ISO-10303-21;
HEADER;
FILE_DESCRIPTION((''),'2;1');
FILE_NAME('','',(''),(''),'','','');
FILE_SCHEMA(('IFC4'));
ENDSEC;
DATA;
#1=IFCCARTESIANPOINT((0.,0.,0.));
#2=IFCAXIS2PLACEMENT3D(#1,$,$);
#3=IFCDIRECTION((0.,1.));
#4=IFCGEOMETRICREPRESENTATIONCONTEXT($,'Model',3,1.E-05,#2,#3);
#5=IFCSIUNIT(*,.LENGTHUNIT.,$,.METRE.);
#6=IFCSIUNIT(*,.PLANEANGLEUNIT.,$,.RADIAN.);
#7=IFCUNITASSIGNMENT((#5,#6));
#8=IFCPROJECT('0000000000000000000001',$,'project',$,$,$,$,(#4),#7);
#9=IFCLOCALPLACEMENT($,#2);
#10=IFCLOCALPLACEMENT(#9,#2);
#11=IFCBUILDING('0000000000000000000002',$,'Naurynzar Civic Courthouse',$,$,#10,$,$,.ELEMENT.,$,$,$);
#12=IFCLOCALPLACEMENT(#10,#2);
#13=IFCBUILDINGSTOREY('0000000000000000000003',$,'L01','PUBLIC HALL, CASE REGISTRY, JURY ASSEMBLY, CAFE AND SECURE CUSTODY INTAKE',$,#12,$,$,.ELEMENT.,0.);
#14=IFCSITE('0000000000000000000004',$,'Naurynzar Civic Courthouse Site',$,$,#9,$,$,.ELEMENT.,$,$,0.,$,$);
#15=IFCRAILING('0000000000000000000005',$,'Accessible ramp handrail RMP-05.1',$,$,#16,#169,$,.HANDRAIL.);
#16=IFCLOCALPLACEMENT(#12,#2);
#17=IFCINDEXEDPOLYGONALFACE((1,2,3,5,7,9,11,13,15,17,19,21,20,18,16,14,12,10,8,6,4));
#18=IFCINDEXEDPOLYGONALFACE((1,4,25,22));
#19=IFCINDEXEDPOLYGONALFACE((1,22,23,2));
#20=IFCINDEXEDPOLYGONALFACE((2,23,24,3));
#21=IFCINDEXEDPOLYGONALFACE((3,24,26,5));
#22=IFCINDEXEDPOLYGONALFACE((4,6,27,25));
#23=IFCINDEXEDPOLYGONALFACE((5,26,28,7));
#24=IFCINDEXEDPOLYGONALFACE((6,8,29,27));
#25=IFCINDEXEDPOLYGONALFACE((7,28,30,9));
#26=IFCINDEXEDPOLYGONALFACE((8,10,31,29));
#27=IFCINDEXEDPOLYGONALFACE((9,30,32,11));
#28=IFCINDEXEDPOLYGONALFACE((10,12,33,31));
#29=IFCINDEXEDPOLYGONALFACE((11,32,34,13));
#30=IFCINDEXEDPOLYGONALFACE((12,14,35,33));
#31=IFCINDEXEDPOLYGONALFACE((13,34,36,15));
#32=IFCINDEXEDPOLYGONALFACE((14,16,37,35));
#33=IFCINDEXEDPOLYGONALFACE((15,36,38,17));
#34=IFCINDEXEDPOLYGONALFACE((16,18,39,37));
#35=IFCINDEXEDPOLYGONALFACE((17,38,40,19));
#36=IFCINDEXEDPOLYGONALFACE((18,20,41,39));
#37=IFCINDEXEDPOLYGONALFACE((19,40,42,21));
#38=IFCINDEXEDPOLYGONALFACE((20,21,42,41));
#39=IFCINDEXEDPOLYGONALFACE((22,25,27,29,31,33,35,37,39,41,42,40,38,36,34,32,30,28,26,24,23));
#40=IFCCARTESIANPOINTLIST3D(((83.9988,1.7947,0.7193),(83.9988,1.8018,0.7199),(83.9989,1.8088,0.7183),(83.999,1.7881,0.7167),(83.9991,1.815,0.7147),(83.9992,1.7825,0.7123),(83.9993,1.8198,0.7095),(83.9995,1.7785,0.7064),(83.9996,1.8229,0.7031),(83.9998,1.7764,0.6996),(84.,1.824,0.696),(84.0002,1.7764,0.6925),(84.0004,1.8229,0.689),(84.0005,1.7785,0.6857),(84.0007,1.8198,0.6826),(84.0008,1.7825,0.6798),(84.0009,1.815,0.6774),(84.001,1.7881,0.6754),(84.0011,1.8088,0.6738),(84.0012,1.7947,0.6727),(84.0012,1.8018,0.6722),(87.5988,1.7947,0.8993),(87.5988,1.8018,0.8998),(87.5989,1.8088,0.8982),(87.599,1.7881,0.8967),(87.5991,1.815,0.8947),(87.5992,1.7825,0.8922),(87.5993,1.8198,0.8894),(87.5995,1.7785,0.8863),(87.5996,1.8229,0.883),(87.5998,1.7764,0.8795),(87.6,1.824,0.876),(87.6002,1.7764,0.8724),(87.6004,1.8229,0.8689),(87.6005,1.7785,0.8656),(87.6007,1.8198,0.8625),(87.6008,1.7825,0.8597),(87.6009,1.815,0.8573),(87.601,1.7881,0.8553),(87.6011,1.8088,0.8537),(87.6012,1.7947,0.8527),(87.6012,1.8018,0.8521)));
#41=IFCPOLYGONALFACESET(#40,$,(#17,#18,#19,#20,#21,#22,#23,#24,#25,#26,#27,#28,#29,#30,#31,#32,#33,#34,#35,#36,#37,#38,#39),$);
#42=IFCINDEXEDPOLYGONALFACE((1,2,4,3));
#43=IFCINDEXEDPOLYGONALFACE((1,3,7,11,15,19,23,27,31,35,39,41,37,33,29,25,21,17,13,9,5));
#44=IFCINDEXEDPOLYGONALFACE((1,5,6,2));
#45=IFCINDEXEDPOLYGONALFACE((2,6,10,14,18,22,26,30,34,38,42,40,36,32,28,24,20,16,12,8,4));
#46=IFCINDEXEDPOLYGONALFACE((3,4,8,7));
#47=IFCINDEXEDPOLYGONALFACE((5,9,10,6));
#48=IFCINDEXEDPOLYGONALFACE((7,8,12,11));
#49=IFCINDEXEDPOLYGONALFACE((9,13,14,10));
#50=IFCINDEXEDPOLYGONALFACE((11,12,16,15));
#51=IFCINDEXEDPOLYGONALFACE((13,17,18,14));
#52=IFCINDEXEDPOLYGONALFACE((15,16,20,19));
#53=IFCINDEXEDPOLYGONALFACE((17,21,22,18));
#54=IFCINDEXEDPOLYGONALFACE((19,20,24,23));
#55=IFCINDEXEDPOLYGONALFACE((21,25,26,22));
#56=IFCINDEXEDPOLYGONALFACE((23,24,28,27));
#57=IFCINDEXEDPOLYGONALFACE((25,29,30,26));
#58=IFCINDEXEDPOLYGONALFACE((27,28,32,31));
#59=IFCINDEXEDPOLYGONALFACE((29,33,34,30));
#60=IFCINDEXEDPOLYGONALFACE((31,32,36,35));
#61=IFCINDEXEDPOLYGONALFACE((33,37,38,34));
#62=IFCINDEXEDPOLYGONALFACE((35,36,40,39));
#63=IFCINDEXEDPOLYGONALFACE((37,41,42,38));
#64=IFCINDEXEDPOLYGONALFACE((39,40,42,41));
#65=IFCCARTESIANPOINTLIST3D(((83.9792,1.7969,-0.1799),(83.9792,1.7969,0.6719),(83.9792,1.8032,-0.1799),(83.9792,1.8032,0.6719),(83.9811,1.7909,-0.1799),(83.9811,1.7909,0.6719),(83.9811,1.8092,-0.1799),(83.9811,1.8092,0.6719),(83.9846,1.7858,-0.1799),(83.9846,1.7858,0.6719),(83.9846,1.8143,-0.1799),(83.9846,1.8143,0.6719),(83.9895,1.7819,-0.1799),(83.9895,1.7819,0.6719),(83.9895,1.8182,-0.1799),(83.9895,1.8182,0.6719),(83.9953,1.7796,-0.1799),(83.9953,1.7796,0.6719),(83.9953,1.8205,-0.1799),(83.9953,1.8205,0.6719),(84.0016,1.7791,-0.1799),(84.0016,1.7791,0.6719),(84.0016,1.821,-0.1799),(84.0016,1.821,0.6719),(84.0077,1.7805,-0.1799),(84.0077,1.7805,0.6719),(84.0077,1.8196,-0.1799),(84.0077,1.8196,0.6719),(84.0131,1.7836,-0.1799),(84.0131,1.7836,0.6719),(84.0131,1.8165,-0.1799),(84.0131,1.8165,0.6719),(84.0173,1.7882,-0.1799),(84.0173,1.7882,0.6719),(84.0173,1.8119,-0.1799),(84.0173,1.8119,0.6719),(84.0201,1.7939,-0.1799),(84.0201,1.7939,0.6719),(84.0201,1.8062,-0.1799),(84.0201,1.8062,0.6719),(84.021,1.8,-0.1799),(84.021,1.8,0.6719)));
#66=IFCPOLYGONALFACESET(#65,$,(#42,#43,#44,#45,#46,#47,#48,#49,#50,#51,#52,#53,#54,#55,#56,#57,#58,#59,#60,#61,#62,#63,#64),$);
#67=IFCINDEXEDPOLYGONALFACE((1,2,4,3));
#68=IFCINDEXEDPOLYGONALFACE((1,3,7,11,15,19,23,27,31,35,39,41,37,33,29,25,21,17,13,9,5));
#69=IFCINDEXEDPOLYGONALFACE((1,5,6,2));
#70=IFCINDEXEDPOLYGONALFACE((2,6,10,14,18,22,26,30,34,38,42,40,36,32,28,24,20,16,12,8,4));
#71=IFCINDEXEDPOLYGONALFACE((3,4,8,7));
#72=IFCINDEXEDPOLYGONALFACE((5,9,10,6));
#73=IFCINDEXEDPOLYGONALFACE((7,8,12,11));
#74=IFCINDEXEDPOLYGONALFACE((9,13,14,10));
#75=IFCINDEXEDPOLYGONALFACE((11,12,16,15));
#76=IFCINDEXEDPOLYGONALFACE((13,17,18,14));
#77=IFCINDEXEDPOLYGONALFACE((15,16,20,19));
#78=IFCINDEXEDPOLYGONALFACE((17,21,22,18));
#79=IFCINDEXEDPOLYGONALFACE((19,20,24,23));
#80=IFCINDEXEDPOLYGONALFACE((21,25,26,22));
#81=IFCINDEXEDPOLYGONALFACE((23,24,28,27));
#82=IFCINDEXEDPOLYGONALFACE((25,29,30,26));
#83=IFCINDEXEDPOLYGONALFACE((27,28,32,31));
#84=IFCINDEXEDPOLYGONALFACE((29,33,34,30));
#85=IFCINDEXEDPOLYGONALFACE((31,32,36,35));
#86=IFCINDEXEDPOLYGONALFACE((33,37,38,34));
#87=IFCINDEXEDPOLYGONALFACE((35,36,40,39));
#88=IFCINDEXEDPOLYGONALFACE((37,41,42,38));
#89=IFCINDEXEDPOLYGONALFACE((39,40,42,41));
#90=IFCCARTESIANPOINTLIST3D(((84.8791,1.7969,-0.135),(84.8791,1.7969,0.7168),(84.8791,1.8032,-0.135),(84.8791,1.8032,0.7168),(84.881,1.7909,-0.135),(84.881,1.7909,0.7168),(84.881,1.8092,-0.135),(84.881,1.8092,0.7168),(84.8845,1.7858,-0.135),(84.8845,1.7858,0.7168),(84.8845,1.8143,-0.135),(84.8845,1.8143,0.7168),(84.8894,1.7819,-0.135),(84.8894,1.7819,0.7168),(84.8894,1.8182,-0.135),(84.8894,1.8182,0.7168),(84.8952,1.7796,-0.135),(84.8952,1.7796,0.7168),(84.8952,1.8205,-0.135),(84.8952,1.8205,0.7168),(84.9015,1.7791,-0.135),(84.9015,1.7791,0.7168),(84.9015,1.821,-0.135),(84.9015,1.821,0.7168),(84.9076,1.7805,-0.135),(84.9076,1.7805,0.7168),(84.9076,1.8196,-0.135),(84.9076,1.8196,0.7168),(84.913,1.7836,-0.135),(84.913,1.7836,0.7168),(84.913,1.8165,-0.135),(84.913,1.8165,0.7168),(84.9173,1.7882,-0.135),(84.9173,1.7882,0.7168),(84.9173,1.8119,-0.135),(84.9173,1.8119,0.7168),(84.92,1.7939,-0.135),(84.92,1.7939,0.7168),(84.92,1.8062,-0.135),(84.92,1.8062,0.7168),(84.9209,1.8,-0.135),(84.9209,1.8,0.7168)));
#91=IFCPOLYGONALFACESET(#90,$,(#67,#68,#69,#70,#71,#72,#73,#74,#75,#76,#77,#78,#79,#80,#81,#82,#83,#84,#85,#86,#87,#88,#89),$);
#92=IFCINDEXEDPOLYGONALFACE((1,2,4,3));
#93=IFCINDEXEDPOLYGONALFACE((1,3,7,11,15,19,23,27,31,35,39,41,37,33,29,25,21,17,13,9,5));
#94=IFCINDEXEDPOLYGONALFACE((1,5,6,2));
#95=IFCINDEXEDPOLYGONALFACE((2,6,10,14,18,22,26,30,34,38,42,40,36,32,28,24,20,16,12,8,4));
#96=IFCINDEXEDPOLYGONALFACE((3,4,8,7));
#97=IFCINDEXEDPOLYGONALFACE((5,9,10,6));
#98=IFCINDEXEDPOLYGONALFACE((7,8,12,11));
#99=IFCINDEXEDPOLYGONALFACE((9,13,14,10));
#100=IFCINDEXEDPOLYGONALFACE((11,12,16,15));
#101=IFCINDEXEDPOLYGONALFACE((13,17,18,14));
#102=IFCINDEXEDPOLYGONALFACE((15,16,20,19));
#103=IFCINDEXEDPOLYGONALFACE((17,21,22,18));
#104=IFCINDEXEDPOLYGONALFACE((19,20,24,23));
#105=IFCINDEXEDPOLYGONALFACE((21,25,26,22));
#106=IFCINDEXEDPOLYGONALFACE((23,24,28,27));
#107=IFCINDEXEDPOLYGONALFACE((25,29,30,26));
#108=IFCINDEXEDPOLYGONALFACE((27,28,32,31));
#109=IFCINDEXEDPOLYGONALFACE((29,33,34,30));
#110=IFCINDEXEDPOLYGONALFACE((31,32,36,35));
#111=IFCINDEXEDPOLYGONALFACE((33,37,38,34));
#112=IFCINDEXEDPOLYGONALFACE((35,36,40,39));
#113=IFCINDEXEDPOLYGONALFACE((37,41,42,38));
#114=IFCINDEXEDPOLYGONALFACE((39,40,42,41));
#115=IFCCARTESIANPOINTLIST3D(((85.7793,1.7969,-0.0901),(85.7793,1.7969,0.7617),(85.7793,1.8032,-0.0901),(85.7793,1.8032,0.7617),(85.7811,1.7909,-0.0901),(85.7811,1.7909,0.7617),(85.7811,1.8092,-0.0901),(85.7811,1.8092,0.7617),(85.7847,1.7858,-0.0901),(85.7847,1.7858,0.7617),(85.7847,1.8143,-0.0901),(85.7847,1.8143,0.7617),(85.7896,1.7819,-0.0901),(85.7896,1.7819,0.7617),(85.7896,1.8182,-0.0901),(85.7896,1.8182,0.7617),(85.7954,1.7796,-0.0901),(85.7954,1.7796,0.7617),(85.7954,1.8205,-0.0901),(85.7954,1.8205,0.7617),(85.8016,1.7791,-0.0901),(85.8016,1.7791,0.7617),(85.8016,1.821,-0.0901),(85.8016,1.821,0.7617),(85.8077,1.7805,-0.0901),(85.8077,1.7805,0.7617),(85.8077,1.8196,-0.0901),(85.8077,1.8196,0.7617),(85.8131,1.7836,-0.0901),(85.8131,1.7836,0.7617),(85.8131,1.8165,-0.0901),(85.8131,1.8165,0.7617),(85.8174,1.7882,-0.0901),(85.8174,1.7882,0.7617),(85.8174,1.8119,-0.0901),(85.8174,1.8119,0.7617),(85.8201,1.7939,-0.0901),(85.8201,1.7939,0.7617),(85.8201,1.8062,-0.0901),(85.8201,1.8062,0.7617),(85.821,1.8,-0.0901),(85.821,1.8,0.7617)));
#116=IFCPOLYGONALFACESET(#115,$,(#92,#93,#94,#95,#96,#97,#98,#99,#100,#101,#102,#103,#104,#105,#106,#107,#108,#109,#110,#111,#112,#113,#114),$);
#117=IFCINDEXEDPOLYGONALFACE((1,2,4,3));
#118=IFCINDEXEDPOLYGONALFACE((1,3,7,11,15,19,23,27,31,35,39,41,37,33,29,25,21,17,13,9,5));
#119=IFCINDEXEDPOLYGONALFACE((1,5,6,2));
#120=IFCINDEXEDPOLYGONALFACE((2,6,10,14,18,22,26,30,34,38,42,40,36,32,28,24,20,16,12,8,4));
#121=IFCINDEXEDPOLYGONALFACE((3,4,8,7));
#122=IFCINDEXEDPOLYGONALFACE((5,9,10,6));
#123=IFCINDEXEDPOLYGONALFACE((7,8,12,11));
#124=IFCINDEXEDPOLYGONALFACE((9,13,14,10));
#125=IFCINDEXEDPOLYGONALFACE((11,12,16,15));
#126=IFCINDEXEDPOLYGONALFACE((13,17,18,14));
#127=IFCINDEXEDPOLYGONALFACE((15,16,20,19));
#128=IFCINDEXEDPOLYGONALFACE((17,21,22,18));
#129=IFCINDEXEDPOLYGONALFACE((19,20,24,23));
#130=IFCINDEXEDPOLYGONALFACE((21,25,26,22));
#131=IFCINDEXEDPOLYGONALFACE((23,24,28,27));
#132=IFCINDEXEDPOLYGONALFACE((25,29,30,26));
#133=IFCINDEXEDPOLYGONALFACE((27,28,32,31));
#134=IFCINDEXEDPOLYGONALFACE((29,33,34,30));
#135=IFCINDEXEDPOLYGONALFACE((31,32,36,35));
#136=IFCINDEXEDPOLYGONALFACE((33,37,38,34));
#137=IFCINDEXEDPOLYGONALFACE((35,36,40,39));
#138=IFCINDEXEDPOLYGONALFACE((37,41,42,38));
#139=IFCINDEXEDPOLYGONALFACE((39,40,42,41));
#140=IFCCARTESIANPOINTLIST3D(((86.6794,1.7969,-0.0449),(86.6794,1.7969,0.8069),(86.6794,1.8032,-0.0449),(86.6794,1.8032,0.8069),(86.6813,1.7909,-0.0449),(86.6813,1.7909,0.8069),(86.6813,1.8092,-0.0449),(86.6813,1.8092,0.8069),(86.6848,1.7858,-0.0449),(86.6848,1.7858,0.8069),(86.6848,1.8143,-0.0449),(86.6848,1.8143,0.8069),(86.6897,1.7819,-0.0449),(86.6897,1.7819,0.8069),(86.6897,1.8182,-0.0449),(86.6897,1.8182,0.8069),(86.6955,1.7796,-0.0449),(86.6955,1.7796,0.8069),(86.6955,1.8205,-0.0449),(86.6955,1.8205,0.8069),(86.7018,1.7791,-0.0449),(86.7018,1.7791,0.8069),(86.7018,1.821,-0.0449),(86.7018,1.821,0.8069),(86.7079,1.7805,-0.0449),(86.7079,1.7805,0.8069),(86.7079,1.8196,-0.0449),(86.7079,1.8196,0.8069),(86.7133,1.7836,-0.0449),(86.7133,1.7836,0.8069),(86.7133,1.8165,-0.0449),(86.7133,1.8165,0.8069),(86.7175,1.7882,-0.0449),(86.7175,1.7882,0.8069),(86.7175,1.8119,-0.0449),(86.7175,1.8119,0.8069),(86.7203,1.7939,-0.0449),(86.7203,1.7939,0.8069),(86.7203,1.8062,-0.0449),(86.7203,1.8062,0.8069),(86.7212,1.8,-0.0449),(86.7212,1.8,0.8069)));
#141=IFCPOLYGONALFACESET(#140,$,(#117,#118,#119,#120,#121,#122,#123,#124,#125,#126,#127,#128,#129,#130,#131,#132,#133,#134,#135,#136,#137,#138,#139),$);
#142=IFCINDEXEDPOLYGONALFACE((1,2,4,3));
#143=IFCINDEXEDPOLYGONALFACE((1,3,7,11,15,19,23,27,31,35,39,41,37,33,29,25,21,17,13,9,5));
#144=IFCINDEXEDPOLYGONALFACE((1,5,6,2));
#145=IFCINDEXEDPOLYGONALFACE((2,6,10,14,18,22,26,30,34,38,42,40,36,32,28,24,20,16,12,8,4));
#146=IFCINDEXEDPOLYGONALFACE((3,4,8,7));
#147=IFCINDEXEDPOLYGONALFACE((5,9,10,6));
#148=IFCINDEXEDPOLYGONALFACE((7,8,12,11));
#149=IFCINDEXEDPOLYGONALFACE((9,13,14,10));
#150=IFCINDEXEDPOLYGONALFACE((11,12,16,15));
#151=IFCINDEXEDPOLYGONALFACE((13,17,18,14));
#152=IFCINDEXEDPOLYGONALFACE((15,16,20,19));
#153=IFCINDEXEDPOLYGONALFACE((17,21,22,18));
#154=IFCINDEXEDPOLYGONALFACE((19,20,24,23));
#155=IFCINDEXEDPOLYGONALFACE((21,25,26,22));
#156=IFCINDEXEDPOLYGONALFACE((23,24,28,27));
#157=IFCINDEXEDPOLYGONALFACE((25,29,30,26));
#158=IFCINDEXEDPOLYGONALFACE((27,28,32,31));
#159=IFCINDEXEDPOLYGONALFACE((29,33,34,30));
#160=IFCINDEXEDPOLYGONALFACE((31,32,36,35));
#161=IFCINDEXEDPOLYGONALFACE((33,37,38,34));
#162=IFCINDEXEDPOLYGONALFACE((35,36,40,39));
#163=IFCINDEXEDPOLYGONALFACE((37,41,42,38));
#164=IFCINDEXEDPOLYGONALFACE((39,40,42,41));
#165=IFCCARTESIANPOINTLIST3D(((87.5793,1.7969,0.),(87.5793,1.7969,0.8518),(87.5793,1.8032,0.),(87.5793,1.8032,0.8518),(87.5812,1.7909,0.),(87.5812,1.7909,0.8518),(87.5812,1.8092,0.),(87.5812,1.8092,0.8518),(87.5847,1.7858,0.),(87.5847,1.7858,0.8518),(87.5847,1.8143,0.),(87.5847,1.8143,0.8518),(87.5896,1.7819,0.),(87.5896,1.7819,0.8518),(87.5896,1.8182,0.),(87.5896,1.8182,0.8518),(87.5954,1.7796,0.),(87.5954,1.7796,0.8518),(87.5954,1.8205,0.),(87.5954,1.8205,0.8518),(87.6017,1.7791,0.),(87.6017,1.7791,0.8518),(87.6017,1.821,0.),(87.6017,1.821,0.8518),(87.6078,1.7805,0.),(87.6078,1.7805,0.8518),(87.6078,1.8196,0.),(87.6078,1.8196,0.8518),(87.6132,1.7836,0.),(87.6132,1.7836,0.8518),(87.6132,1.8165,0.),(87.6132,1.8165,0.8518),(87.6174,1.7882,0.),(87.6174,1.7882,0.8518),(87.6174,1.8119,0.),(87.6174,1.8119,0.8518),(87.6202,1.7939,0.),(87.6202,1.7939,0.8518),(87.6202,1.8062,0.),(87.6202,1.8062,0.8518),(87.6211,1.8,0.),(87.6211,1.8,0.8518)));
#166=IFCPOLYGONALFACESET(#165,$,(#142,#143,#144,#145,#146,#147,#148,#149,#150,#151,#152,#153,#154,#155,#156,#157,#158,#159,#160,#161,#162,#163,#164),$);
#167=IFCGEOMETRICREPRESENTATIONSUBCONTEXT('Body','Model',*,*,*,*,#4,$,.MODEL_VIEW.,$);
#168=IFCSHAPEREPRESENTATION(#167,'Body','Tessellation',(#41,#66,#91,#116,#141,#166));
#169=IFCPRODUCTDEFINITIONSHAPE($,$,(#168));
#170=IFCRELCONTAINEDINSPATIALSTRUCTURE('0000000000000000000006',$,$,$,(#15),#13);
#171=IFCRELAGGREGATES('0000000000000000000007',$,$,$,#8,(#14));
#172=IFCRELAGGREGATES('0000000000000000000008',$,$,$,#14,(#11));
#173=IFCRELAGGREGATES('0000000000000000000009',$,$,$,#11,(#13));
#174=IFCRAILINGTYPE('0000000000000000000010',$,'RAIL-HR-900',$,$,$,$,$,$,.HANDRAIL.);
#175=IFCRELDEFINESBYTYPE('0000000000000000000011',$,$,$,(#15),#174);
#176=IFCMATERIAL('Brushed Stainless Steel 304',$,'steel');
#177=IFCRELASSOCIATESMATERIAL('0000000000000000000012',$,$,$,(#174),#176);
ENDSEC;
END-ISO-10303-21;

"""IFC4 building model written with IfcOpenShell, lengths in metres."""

from ifc_helpers import new_model, si_unit, direction, frame, origin, origin_2d, place, context, subcontext, project, spatial, circle, extrude, material, type_object, element, save


model = new_model("IFC4")

# Units and contexts
model_context = context("Model", 3, precision=1e-05, world=origin(), true_north=direction((0.0, 1.0)))
body_context = subcontext(model_context, "Body", "Model", "MODEL_VIEW")
ifc_project = project(units=[si_unit("LENGTHUNIT", "METRE"), si_unit("PLANEANGLEUNIT", "RADIAN")], contexts=[model_context])

# Site, building, storey
site_placement = place(None, origin())
site = spatial("IfcSite", under=ifc_project, at=site_placement, Name="Naurynzar Civic Courthouse Site", CompositionType="ELEMENT", RefElevation=0.0)
building_placement = place(site_placement, origin())
building = spatial("IfcBuilding", under=site, at=building_placement, Name="Naurynzar Civic Courthouse", CompositionType="ELEMENT")
storey_placement = place(building_placement, origin())
storey = spatial("IfcBuildingStorey", under=building, at=storey_placement, Name="L01", Description="PUBLIC HALL, CASE REGISTRY, JURY ASSEMBLY, CAFE AND SECURE CUSTODY INTAKE", CompositionType="ELEMENT", Elevation=0.0)

# Railing
ifc_material_1 = material(Name="Brushed Stainless Steel 304", Category="steel")
railing_type = type_object("IfcRailingType", Name="RAIL-HR-900", PredefinedType="HANDRAIL", material=ifc_material_1)
for number, where, name in (
    (1, (84.0, 1.8, -0.1799), "Accessible ramp handrail RMP-05.1"),
):
    element("IfcRailing", number, at=place(storey_placement, frame(where)), inside=storey, type_object=railing_type, Name=name, PredefinedType="HANDRAIL", context=body_context, shape_type="SweptSolid", body=[
        extrude(circle(Radius=0.0239, at=origin_2d()), frame((0.0, 0.0, 0.876), z_axis=(0.998753, 0.0, 0.049917), x_axis=(0.0, 1.0, 0.0)), (0.0, 0.0, 1.0), 3.6045),
        extrude(circle(Radius=0.021, at=origin_2d()), origin(), (0.0, 0.0, 1.0), 0.8518),
        extrude(circle(Radius=0.021, at=origin_2d()), frame((0.8999, 0.0, 0.0449)), (0.0, 0.0, 1.0), 0.8518),
        extrude(circle(Radius=0.021, at=origin_2d()), frame((1.8, 0.0, 0.0898)), (0.0, 0.0, 1.0), 0.8518),
        extrude(circle(Radius=0.021, at=origin_2d()), frame((2.7002, 0.0, 0.135)), (0.0, 0.0, 1.0), 0.8518),
        extrude(circle(Radius=0.021, at=origin_2d()), frame((3.6001, 0.0, 0.1799)), (0.0, 0.0, 1.0), 0.8518),
    ])

save(model, "model.ifc")
